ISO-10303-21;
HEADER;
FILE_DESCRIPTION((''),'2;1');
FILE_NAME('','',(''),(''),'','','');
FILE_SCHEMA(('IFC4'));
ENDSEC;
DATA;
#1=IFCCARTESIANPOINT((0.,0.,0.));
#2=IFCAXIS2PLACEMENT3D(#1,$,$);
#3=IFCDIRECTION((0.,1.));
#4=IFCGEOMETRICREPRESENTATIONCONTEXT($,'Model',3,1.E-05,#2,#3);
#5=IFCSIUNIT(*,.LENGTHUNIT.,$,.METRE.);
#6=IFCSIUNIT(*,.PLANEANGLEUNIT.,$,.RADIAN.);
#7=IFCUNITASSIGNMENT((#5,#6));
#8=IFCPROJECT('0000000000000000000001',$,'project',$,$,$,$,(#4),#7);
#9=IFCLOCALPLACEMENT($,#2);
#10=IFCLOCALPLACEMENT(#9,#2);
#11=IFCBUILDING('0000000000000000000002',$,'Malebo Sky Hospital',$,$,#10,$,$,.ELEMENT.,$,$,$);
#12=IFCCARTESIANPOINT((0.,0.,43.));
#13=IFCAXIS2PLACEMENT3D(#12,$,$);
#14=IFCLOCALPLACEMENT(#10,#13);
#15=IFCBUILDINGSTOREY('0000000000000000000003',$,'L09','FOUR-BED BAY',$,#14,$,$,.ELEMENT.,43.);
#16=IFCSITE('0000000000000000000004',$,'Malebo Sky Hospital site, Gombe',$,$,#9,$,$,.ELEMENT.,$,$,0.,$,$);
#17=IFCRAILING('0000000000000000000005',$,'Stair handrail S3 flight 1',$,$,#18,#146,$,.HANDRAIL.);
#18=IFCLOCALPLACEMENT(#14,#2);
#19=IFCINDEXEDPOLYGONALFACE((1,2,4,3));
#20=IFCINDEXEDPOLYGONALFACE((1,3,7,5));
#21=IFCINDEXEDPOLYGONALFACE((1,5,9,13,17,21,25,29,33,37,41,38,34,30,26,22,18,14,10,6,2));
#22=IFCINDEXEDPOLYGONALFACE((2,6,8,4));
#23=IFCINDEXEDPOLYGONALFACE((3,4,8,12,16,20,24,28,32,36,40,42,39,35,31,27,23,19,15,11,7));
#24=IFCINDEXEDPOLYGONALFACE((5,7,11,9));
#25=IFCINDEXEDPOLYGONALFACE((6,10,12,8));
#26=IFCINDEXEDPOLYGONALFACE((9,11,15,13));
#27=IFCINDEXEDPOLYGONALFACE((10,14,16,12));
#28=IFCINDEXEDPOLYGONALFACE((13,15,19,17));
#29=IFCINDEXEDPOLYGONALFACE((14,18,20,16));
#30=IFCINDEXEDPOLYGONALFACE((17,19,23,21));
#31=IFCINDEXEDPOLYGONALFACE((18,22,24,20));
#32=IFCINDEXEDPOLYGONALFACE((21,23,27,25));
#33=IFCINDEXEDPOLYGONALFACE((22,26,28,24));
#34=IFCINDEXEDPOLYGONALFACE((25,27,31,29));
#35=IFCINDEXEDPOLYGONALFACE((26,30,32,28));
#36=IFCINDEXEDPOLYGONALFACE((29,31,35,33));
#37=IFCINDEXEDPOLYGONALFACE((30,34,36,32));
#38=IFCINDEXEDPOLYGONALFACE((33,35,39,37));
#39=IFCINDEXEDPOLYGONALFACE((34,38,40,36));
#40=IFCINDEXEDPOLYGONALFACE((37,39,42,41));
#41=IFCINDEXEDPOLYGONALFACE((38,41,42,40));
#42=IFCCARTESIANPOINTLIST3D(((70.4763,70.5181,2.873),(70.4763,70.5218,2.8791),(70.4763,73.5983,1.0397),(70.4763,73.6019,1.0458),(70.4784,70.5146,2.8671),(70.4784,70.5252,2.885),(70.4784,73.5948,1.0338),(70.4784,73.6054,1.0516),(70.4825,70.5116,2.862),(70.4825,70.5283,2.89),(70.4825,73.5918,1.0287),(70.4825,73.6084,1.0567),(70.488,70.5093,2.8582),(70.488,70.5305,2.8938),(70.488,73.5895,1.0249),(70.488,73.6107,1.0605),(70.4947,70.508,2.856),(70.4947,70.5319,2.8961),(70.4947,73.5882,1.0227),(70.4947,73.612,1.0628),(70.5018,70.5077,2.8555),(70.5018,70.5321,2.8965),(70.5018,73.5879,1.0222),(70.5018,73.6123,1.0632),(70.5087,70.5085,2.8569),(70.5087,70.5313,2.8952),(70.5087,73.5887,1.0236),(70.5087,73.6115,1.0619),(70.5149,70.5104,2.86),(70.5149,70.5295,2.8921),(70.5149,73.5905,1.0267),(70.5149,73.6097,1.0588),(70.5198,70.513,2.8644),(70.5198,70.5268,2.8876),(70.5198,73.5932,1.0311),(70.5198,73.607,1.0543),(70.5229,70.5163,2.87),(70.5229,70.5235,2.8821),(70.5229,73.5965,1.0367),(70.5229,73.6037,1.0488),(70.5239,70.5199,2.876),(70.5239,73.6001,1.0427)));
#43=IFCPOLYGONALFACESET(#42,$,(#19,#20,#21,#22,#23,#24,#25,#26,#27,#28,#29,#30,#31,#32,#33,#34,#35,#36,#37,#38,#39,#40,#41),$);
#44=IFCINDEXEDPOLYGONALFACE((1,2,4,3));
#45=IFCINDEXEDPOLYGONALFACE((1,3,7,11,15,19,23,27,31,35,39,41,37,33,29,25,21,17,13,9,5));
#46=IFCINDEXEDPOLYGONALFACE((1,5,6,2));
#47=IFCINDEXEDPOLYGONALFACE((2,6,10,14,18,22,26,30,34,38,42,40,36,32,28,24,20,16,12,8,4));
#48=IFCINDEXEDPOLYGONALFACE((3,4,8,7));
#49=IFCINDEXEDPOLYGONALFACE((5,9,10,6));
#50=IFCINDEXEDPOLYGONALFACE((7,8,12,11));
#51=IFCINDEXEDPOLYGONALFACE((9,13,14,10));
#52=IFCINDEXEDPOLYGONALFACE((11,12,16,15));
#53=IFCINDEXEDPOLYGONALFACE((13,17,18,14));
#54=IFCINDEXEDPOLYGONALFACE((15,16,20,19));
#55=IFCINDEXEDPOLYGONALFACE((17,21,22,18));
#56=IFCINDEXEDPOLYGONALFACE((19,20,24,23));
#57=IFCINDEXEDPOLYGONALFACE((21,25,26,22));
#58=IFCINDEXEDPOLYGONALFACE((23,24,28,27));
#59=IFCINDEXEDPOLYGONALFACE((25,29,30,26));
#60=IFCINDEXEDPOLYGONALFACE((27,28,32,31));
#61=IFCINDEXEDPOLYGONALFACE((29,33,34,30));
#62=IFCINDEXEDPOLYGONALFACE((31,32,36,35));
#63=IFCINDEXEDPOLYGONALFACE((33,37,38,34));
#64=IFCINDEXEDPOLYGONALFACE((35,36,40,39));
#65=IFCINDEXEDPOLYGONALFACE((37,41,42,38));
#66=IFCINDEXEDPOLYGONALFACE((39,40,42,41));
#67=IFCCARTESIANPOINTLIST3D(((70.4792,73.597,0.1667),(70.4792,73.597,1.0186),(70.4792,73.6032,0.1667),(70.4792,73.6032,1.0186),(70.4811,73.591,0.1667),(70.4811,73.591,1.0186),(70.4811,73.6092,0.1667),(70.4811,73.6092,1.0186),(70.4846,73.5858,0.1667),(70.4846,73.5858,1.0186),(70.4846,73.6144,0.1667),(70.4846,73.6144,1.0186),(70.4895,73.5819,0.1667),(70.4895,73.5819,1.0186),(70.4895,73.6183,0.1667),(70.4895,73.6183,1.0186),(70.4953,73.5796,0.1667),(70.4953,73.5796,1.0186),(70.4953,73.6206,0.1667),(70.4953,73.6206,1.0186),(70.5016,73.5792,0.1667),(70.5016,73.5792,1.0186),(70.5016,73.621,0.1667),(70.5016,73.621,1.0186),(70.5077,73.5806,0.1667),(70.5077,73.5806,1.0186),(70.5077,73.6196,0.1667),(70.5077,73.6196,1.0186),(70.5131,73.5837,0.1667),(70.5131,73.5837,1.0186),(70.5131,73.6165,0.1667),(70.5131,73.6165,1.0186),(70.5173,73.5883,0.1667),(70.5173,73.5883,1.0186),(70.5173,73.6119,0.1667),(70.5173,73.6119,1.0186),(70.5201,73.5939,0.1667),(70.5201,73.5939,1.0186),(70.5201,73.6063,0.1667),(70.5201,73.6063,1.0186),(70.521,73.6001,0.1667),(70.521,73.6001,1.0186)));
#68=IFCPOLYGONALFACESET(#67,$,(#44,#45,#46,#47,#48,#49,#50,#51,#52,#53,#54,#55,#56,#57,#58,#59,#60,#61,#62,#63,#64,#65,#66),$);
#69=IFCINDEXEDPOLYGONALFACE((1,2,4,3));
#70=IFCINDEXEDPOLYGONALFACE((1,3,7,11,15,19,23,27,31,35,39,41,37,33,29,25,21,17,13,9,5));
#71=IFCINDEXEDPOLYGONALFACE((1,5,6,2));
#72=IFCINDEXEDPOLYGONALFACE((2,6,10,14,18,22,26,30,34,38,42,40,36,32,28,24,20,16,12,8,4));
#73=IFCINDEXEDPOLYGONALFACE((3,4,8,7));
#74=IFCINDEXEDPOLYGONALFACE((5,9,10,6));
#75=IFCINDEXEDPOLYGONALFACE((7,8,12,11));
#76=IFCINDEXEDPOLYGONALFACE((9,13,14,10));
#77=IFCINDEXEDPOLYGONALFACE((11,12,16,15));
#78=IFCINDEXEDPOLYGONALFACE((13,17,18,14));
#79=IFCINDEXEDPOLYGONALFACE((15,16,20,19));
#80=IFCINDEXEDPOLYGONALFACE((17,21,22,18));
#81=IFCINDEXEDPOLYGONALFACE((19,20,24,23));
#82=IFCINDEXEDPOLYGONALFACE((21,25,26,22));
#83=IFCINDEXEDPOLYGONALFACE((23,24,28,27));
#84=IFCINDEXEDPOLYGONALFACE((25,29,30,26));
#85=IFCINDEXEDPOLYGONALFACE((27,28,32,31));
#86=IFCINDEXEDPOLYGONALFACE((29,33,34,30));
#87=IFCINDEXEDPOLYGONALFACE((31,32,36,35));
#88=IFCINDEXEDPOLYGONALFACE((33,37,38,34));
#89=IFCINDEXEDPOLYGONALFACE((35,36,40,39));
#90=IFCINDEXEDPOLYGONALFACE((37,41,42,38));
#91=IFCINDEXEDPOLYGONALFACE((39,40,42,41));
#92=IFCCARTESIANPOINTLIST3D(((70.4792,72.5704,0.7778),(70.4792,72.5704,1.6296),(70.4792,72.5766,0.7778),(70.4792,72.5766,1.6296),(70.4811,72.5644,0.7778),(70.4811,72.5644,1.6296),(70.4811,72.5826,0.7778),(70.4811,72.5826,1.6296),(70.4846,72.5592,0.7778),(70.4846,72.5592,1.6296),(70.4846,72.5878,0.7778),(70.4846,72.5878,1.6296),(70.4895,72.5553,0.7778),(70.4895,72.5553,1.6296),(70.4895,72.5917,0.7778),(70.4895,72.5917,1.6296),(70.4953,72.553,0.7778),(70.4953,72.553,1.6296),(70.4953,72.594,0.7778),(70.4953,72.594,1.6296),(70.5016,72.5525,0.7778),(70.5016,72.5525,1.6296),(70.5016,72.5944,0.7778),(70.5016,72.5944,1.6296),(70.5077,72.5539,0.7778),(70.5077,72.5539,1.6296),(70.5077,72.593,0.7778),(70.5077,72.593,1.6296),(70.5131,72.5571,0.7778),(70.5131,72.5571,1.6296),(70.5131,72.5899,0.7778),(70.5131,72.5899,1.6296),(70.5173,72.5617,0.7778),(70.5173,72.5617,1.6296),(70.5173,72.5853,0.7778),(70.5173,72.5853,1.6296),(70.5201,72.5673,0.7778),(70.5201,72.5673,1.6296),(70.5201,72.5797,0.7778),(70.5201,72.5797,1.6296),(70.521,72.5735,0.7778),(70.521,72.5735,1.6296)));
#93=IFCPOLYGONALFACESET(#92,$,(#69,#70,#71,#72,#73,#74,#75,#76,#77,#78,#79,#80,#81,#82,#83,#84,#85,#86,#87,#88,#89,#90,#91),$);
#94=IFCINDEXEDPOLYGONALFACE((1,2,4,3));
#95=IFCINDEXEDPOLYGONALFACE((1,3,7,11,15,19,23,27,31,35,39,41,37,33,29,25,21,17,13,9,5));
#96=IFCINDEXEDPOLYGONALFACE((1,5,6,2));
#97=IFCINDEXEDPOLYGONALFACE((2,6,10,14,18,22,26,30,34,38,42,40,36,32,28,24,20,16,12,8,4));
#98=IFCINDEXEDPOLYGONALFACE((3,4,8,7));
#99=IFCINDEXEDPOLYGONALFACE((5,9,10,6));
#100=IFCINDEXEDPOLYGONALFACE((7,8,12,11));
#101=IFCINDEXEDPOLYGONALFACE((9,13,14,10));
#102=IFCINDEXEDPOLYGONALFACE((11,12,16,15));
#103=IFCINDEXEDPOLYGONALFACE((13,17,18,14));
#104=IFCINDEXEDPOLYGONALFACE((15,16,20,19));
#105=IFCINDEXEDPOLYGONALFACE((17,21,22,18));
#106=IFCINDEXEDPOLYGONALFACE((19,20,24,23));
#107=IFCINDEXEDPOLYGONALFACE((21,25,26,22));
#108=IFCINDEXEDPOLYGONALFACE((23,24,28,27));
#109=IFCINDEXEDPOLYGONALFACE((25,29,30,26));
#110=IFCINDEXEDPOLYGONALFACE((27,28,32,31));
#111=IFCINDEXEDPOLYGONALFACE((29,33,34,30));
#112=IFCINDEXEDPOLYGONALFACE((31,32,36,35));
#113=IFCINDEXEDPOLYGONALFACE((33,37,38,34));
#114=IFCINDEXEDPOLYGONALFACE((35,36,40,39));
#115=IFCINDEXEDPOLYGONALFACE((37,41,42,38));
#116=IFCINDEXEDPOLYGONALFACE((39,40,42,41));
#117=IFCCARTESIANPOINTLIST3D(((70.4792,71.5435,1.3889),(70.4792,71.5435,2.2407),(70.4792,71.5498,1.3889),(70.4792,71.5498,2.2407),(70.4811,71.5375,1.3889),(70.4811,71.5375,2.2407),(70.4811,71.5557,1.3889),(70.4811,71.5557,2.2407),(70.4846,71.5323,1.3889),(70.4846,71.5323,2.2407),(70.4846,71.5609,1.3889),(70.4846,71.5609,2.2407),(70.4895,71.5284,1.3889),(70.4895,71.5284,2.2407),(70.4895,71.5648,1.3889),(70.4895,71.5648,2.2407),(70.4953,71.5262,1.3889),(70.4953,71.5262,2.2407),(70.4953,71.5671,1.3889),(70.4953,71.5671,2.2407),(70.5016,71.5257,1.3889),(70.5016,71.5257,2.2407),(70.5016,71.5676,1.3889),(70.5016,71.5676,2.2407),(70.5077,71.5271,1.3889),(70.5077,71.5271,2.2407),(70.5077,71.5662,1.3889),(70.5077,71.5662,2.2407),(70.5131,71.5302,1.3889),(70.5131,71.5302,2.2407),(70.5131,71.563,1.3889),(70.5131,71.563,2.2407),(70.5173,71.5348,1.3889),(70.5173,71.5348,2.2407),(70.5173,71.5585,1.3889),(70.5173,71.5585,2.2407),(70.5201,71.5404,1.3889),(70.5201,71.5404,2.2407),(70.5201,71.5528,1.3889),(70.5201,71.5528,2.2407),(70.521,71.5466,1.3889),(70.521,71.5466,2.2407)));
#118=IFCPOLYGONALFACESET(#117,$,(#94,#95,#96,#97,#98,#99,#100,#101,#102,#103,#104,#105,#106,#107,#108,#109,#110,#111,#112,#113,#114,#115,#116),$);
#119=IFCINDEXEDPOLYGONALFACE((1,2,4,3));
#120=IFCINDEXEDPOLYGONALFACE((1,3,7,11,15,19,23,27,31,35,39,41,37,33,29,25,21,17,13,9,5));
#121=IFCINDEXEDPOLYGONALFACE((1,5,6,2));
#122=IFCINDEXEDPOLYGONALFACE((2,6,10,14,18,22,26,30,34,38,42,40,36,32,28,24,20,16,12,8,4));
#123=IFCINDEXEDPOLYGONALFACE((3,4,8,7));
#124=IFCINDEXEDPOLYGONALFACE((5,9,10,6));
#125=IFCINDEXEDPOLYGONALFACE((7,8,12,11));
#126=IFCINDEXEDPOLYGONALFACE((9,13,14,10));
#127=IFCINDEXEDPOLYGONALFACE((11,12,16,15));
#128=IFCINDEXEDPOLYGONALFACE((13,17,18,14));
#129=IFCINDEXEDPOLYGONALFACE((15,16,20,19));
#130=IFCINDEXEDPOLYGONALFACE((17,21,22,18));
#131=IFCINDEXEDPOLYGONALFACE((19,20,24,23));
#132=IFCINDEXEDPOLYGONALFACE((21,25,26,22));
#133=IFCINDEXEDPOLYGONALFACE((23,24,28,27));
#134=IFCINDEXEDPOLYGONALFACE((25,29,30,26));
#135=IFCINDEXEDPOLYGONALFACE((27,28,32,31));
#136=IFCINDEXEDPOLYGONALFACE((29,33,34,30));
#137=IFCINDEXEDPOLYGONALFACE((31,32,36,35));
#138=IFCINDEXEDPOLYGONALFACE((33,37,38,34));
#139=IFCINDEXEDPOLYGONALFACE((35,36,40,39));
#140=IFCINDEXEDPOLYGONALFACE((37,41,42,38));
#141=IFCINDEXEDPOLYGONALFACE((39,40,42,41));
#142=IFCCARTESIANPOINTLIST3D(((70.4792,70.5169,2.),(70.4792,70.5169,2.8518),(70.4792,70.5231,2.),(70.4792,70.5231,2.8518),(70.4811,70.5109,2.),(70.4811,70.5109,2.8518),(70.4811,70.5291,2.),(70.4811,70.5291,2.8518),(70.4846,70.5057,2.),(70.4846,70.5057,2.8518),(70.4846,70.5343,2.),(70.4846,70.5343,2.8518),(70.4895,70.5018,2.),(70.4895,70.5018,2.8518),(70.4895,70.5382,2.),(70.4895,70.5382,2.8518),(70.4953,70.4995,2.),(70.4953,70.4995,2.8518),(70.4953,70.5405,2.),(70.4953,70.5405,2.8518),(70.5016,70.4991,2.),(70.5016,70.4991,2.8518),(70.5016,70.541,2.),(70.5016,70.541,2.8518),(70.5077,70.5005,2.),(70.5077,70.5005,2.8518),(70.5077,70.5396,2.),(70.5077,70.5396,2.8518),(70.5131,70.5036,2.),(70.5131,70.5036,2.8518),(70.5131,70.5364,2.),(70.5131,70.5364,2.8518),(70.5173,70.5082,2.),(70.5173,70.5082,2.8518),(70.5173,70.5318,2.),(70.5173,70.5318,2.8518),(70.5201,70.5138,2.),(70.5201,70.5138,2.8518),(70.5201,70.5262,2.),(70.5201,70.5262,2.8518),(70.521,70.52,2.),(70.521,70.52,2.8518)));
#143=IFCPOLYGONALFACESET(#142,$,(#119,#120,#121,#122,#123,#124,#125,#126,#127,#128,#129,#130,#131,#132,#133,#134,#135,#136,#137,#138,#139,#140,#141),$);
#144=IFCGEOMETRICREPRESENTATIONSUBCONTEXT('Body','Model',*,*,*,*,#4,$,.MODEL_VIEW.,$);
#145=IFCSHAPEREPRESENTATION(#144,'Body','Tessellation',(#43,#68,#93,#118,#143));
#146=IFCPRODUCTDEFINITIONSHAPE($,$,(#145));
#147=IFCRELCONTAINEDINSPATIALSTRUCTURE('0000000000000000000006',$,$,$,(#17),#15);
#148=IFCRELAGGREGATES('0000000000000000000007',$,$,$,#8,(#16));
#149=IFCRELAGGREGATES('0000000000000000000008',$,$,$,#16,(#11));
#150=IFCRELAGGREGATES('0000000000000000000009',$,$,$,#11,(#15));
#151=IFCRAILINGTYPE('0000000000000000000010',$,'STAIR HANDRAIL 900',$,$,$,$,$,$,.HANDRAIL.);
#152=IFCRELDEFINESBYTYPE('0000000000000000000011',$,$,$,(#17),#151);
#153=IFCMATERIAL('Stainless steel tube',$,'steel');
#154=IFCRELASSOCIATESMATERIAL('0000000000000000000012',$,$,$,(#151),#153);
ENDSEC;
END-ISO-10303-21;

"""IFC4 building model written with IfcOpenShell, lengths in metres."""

from ifc_helpers import new_model, si_unit, direction, frame, origin, origin_2d, place, context, subcontext, project, spatial, circle, extrude, material, type_object, element, save


model = new_model("IFC4")

# Units and contexts
model_context = context("Model", 3, precision=1e-05, world=origin(), true_north=direction((0.0, 1.0)))
body_context = subcontext(model_context, "Body", "Model", "MODEL_VIEW")
ifc_project = project(units=[si_unit("LENGTHUNIT", "METRE"), si_unit("PLANEANGLEUNIT", "RADIAN")], contexts=[model_context])

# Site, building, storey
site_placement = place(None, origin())
site = spatial("IfcSite", under=ifc_project, at=site_placement, Name="Malebo Sky Hospital site, Gombe", CompositionType="ELEMENT", RefElevation=0.0)
building_placement = place(site_placement, origin())
building = spatial("IfcBuilding", under=site, at=building_placement, Name="Malebo Sky Hospital", CompositionType="ELEMENT")
storey_placement = place(building_placement, frame((0.0, 0.0, 43.0)))
storey = spatial("IfcBuildingStorey", under=building, at=storey_placement, Name="L09", Description="FOUR-BED BAY", CompositionType="ELEMENT", Elevation=43.0)

# Railing
ifc_material_1 = material(Name="Stainless steel tube", Category="steel")
railing_type = type_object("IfcRailingType", Name="STAIR HANDRAIL 900", PredefinedType="HANDRAIL", material=ifc_material_1)
railing_1_placement = place(storey_placement, frame((70.5, 73.6001, 0.1667)))
element("IfcRailing", 1, at=railing_1_placement, inside=storey, type_object=railing_type, Name="Stair handrail S3 flight 1", PredefinedType="HANDRAIL", context=body_context, shape_type="SweptSolid", body=[
    extrude(circle(Radius=0.0239, at=origin_2d()), frame((0.0, 0.0, 0.876), z_axis=(0.0, -0.859309, 0.511458), x_axis=(1.0, 0.0, 0.0)), (0.0, 0.0, 1.0), 3.5845),
    extrude(circle(Radius=0.021, at=origin_2d()), origin(), (0.0, 0.0, 1.0), 0.8518),
    extrude(circle(Radius=0.021, at=origin_2d()), frame((0.0, -1.0266, 0.6111)), (0.0, 0.0, 1.0), 0.8518),
    extrude(circle(Radius=0.021, at=origin_2d()), frame((0.0, -2.0535, 1.2222)), (0.0, 0.0, 1.0), 0.8518),
    extrude(circle(Radius=0.021, at=origin_2d()), frame((0.0, -3.0801, 1.8333)), (0.0, 0.0, 1.0), 0.8518),
])

save(model, "model.ifc")
